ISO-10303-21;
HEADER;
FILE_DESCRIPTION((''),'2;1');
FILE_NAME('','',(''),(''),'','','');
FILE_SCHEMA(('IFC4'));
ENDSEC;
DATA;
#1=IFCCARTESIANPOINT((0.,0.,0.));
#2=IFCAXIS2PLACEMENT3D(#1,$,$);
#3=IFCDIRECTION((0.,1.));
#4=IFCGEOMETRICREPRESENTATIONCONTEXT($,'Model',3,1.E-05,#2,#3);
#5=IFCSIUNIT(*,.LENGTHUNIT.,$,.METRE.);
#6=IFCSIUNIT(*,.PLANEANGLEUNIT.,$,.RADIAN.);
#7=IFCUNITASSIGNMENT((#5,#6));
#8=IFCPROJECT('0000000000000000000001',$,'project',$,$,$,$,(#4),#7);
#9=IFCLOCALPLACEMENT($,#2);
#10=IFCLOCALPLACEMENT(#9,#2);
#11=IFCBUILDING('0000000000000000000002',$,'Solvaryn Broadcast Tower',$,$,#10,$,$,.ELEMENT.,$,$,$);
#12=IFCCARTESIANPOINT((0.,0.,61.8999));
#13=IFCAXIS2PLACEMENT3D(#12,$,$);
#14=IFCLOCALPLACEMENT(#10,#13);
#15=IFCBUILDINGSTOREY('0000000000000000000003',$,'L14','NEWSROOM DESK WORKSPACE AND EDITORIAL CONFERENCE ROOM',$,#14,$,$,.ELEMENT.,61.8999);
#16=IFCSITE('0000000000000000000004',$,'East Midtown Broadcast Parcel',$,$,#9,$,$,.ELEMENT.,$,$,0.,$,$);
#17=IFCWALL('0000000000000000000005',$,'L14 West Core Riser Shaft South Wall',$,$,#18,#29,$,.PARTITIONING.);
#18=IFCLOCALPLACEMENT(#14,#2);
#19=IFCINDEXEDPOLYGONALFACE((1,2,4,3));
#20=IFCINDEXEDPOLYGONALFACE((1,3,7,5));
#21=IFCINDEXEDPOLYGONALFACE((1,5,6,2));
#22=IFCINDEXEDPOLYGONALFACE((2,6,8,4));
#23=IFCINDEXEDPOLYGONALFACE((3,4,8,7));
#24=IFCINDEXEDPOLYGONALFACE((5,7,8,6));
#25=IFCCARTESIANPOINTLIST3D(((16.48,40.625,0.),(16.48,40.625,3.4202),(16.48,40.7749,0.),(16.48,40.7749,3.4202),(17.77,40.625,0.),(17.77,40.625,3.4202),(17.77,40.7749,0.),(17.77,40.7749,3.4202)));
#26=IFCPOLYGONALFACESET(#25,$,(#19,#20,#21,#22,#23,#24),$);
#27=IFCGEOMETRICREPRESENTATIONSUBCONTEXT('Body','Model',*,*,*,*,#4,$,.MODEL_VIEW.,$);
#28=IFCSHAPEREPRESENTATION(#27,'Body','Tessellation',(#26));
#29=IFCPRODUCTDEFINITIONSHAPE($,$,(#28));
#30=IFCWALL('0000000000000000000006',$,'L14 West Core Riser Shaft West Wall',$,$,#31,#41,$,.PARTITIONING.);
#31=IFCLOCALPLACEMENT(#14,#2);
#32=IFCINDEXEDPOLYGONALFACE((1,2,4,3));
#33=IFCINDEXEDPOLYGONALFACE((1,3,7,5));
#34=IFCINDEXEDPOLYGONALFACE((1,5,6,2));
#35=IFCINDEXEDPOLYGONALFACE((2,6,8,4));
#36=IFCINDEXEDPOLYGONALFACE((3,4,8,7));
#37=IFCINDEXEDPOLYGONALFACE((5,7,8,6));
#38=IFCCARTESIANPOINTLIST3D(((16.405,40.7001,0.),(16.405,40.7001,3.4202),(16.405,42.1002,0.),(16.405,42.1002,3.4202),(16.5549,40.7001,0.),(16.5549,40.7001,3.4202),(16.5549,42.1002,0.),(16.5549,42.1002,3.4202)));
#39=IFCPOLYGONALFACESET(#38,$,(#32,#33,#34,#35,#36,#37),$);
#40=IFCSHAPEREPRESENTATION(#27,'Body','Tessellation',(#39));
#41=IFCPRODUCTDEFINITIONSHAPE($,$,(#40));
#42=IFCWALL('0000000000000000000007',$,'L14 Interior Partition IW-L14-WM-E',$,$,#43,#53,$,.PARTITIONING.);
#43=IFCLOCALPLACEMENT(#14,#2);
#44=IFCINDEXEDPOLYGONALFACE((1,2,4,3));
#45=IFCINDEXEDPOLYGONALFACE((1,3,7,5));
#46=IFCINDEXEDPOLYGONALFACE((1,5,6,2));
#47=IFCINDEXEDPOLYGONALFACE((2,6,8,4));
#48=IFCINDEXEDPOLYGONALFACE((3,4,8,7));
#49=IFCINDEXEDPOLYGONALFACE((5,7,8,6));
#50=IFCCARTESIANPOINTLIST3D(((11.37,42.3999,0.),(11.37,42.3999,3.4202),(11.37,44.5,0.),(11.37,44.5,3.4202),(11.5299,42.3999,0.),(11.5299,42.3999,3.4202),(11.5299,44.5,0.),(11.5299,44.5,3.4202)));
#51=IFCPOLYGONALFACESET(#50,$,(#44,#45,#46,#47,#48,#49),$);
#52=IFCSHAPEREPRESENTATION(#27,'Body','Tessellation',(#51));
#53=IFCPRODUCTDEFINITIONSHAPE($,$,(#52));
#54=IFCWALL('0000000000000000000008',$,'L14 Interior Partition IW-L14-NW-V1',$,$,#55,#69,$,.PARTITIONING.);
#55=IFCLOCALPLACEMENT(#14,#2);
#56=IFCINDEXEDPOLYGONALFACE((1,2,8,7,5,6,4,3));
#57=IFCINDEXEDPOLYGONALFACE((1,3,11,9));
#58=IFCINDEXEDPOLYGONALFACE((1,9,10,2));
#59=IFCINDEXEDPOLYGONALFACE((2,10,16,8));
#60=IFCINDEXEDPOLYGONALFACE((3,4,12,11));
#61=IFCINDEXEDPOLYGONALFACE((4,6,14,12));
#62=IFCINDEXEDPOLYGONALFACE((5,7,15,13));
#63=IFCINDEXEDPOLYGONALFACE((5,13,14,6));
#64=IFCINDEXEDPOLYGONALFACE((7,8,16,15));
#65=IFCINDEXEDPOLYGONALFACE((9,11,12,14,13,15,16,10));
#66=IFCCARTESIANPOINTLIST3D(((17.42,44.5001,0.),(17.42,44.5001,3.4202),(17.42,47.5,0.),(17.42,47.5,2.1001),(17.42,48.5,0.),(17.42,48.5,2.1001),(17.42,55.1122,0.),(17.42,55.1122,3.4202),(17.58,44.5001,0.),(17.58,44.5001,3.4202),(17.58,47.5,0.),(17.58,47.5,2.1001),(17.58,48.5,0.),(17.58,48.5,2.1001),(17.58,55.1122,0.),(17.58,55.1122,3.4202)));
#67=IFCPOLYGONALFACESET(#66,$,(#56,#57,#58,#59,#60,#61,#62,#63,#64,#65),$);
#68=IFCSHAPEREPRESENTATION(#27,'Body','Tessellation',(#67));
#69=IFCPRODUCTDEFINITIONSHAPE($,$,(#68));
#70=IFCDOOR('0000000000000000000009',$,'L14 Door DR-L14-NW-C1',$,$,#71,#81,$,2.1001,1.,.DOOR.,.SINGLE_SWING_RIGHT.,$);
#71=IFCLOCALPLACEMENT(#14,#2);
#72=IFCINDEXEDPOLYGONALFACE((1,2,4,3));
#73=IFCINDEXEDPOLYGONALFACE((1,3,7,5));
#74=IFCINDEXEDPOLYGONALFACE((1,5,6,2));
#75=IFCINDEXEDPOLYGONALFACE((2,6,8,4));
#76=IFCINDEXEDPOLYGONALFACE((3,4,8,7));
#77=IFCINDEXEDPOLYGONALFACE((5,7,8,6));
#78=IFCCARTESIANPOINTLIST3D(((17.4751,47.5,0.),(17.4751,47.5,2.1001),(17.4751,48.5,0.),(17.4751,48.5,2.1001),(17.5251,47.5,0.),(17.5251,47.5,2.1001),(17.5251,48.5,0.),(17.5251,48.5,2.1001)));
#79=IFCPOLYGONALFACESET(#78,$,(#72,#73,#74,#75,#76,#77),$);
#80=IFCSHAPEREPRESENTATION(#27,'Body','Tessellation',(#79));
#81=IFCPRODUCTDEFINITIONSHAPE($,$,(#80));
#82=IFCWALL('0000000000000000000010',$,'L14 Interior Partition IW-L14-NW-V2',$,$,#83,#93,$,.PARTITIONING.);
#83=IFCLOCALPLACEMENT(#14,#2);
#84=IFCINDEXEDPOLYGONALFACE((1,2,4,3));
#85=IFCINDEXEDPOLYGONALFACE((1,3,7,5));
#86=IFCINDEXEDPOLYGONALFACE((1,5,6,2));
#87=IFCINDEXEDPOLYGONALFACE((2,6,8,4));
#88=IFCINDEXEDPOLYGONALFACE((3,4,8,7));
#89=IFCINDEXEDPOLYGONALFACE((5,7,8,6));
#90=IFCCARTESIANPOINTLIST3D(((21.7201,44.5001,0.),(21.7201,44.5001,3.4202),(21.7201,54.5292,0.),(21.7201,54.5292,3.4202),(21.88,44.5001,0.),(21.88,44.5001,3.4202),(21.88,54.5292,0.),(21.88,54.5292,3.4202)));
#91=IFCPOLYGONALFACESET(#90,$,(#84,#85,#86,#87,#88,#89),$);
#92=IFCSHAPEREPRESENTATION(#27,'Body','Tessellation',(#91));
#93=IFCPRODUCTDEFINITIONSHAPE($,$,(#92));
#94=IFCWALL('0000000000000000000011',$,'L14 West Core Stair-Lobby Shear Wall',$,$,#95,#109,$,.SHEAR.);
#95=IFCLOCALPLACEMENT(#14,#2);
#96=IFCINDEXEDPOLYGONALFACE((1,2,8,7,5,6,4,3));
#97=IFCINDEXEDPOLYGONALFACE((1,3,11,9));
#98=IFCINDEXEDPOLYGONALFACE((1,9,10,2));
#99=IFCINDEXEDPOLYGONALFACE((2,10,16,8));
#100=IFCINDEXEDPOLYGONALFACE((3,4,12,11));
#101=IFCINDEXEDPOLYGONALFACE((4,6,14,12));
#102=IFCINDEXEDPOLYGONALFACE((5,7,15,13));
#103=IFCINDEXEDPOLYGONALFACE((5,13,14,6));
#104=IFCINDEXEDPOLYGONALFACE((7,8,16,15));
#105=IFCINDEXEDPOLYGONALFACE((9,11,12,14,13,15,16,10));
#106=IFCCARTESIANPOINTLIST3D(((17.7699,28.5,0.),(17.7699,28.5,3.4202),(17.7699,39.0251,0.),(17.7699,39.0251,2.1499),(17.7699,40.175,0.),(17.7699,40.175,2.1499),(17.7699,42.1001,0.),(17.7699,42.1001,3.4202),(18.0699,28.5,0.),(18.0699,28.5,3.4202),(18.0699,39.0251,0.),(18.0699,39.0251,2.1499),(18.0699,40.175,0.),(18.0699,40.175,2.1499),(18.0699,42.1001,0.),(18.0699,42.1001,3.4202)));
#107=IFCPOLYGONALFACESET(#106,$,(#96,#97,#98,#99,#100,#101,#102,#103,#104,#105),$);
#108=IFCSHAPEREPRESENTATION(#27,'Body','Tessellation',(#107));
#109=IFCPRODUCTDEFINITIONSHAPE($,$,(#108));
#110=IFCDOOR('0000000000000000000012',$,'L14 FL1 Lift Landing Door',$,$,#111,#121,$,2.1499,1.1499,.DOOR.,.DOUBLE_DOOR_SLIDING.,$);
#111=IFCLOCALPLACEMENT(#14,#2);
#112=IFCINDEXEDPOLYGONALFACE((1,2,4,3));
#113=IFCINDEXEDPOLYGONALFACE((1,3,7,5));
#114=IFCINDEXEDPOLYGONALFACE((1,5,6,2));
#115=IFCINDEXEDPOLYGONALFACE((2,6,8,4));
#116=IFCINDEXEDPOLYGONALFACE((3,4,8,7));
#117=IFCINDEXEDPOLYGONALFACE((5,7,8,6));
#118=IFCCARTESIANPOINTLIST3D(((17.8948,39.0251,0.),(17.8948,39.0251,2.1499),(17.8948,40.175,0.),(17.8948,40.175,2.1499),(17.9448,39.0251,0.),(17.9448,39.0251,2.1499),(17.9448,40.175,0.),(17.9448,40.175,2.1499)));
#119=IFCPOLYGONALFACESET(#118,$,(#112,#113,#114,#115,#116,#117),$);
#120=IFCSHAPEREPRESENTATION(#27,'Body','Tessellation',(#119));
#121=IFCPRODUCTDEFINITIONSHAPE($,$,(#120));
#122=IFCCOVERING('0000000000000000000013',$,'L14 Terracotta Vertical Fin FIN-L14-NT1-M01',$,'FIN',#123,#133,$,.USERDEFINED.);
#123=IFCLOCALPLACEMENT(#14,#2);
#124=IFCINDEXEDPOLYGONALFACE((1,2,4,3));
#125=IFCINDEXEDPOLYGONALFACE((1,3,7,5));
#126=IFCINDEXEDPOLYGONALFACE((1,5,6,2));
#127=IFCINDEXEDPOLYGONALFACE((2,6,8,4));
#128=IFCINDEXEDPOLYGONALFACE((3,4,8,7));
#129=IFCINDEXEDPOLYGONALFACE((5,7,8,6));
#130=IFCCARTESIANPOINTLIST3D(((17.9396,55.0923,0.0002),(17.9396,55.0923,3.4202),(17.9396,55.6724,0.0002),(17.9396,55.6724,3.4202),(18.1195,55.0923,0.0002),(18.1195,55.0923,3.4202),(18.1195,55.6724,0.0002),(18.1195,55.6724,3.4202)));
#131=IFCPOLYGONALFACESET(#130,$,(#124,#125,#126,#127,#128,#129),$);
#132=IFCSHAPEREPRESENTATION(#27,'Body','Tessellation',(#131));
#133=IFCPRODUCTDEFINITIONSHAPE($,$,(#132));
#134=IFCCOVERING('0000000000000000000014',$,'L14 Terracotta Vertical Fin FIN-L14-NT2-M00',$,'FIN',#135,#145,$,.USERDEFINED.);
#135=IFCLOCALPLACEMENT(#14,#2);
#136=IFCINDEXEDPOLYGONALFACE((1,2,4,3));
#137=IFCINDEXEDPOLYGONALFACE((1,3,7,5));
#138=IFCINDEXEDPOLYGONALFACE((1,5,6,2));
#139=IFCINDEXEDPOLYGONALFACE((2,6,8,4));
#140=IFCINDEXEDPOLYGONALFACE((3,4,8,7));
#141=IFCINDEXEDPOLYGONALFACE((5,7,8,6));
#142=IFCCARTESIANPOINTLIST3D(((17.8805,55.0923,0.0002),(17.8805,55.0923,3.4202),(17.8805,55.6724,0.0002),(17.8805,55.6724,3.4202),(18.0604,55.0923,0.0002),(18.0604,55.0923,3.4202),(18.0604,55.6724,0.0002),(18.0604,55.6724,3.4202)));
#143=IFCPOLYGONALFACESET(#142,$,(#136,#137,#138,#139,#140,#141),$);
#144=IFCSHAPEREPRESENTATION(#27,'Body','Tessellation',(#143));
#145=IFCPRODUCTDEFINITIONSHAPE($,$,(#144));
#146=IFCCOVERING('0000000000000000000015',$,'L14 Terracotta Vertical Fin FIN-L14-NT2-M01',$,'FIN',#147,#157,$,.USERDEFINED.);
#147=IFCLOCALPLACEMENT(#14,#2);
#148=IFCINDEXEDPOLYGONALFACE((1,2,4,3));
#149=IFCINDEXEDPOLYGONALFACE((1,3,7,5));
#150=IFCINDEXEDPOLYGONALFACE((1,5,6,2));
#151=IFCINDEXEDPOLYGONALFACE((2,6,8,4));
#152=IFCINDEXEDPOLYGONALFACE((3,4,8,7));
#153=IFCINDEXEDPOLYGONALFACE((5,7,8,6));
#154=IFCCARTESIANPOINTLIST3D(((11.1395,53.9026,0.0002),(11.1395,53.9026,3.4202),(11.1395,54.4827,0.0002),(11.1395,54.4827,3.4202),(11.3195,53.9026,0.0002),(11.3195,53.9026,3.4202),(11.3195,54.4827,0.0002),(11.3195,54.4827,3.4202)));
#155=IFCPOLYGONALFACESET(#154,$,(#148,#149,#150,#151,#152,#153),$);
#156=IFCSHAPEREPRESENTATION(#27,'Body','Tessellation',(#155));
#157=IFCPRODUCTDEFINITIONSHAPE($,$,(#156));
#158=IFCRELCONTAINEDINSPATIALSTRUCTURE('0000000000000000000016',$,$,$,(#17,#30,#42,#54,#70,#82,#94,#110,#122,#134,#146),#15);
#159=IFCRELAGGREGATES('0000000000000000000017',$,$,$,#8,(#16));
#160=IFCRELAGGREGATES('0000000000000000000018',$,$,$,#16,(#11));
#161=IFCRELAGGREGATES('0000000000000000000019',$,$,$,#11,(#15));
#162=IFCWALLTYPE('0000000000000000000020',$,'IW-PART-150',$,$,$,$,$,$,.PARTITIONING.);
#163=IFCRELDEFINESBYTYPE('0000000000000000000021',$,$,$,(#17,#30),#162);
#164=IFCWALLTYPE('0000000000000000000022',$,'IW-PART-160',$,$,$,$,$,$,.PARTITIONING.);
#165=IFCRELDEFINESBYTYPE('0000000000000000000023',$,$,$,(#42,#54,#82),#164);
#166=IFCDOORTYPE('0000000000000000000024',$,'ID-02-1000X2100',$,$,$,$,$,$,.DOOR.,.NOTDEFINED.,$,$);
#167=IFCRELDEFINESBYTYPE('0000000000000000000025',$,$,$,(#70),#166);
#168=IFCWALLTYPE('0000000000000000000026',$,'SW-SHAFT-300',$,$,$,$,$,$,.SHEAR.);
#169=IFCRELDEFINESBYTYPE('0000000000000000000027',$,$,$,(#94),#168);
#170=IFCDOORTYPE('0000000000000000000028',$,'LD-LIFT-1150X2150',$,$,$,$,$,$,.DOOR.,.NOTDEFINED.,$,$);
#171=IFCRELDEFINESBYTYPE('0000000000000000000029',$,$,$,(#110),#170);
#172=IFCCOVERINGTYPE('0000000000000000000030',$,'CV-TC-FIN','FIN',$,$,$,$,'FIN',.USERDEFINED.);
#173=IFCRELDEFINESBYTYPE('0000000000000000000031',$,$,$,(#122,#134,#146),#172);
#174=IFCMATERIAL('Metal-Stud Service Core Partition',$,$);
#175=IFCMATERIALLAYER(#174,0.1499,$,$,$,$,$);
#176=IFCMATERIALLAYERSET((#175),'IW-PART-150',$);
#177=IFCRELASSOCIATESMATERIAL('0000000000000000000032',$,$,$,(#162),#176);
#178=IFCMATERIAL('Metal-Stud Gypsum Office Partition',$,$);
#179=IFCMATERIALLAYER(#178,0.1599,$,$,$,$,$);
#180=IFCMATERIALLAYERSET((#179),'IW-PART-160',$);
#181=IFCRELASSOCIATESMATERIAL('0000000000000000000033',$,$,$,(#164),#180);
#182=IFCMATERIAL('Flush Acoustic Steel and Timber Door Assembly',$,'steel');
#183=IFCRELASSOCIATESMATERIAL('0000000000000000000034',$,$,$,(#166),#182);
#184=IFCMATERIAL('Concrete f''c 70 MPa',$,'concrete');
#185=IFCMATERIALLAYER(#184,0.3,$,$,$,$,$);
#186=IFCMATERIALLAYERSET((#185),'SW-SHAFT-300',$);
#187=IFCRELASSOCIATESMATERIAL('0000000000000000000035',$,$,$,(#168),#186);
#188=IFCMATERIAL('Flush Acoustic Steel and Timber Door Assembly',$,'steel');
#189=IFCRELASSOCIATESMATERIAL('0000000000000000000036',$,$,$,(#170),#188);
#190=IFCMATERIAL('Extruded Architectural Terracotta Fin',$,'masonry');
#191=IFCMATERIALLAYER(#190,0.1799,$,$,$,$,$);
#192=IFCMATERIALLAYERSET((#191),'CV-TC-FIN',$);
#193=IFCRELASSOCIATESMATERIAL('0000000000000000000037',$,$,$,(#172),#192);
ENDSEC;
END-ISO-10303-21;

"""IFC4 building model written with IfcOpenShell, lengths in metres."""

from ifc_helpers import new_model, si_unit, direction, frame, frame_2d, origin, origin_2d, place, context, subcontext, project, spatial, rectangle, extrude, material, layer, layer_set, type_object, element, fill, save


model = new_model("IFC4")

# Units and contexts
model_context = context("Model", 3, precision=1e-05, world=origin(), true_north=direction((0.0, 1.0)))
body_context = subcontext(model_context, "Body", "Model", "MODEL_VIEW")
ifc_project = project(units=[si_unit("LENGTHUNIT", "METRE"), si_unit("PLANEANGLEUNIT", "RADIAN")], contexts=[model_context])

# Site, building, storey
site_placement = place(None, origin())
site = spatial("IfcSite", under=ifc_project, at=site_placement, Name="East Midtown Broadcast Parcel", CompositionType="ELEMENT", RefElevation=0.0)
building_placement = place(site_placement, origin())
building = spatial("IfcBuilding", under=site, at=building_placement, Name="Solvaryn Broadcast Tower", CompositionType="ELEMENT")
storey_placement = place(building_placement, frame((0.0, 0.0, 61.8999)))
storey = spatial("IfcBuildingStorey", under=building, at=storey_placement, Name="L14", Description="NEWSROOM DESK WORKSPACE AND EDITORIAL CONFERENCE ROOM", CompositionType="ELEMENT", Elevation=61.8999)

# Walls
ifc_material_1 = material(Name="Metal-Stud Service Core Partition")
ifc_layer_1 = layer(ifc_material_1, 0.1499)
ifc_layer_set_1 = layer_set([ifc_layer_1], Name="IW-PART-150")
wall_type_1 = type_object("IfcWallType", Name="IW-PART-150", PredefinedType="PARTITIONING", material=ifc_layer_set_1)
wall_1_placement = place(storey_placement, frame((16.48, 40.7, 0.0), z_axis=(0.0, 0.0, 1.0), x_axis=(1.0, 0.0, 0.0)))
element("IfcWall", 1, at=wall_1_placement, inside=storey, type_object=wall_type_1, Name="L14 West Core Riser Shaft South Wall", PredefinedType="PARTITIONING", context=body_context, shape_type="SweptSolid", body=[
    extrude(rectangle(XDim=1.29, YDim=0.1499, at=frame_2d((0.645, 0.0))), origin(), (0.0, 0.0, 1.0), 3.4202),
])
wall_2_placement = place(storey_placement, frame((16.48, 40.7, 0.0), z_axis=(0.0, 0.0, 1.0), x_axis=(0.0, 1.0, 0.0)))
element("IfcWall", 2, at=wall_2_placement, inside=storey, type_object=wall_type_1, Name="L14 West Core Riser Shaft West Wall", PredefinedType="PARTITIONING", context=body_context, shape_type="SweptSolid", body=[
    extrude(rectangle(XDim=1.4001, YDim=0.1499, at=frame_2d((0.7002, 0.0))), origin(), (0.0, 0.0, 1.0), 3.4202),
])
ifc_material_2 = material(Name="Metal-Stud Gypsum Office Partition")
ifc_layer_2 = layer(ifc_material_2, 0.1599)
ifc_layer_set_2 = layer_set([ifc_layer_2], Name="IW-PART-160")
wall_type_2 = type_object("IfcWallType", Name="IW-PART-160", PredefinedType="PARTITIONING", material=ifc_layer_set_2)
wall_3_placement = place(storey_placement, frame((11.45, 42.3999, 0.0), z_axis=(0.0, 0.0, 1.0), x_axis=(0.0, 1.0, 0.0)))
element("IfcWall", 3, at=wall_3_placement, inside=storey, type_object=wall_type_2, Name="L14 Interior Partition IW-L14-WM-E", PredefinedType="PARTITIONING", context=body_context, shape_type="SweptSolid", body=[
    extrude(rectangle(XDim=2.1001, YDim=0.1599, at=frame_2d((1.05, 0.0))), origin(), (0.0, 0.0, 1.0), 3.4202),
])

# Wall, opening, door
wall_4_placement = place(storey_placement, frame((17.5, 44.5, 0.0), z_axis=(0.0, 0.0, 1.0), x_axis=(0.0, 1.0, 0.0)))
wall_4 = element("IfcWall", 4, at=wall_4_placement, inside=storey, type_object=wall_type_2, Name="L14 Interior Partition IW-L14-NW-V1", PredefinedType="PARTITIONING", context=body_context, shape_type="SweptSolid", body=[
    extrude(rectangle(XDim=10.6121, YDim=0.1599, at=frame_2d((5.3062, 0.0))), origin(), (0.0, 0.0, 1.0), 3.4202),
])
opening_1_placement = place(wall_4_placement, frame((3.0, 0.0, 0.0)))
opening_1 = element("IfcOpeningElement", 5, at=opening_1_placement, cuts=wall_4, PredefinedType="OPENING", context=body_context, shape_type="SweptSolid", body=[
    extrude(rectangle(XDim=1.0, YDim=2.1001, at=frame_2d((0.5, 1.05))), frame((0.0, 0.0901, 0.0), z_axis=(0.0, -1.0, 0.0), x_axis=(1.0, 0.0, 0.0)), (0.0, 0.0, 1.0), 0.1799),
])
ifc_material_3 = material(Name="Flush Acoustic Steel and Timber Door Assembly", Category="steel")
door_type_1 = type_object("IfcDoorType", Name="ID-02-1000X2100", OperationType="NOTDEFINED", PredefinedType="DOOR", material=ifc_material_3)
door_1_placement = place(opening_1_placement, origin())
door_1 = element("IfcDoor", 6, at=door_1_placement, inside=storey, type_object=door_type_1, Name="L14 Door DR-L14-NW-C1", OperationType="SINGLE_SWING_RIGHT", OverallHeight=2.1001, OverallWidth=1.0, PredefinedType="DOOR", context=body_context, shape_type="SweptSolid", body=[
    extrude(rectangle(XDim=1.0, YDim=2.1001, at=frame_2d((0.5, 1.05))), frame((0.0, 0.0249, 0.0), z_axis=(0.0, -1.0, 0.0), x_axis=(1.0, 0.0, 0.0)), (0.0, 0.0, 1.0), 0.05),
])
fill(opening_1, door_1)

# Wall
wall_5_placement = place(storey_placement, frame((21.8, 44.5, 0.0), z_axis=(0.0, 0.0, 1.0), x_axis=(0.0, 1.0, 0.0)))
element("IfcWall", 7, at=wall_5_placement, inside=storey, type_object=wall_type_2, Name="L14 Interior Partition IW-L14-NW-V2", PredefinedType="PARTITIONING", context=body_context, shape_type="SweptSolid", body=[
    extrude(rectangle(XDim=10.0291, YDim=0.1599, at=frame_2d((5.0146, 0.0))), origin(), (0.0, 0.0, 1.0), 3.4202),
])

# Wall, opening, door
ifc_material_4 = material(Name="Concrete f'c 70 MPa", Category="concrete")
ifc_layer_3 = layer(ifc_material_4, 0.3)
ifc_layer_set_3 = layer_set([ifc_layer_3], Name="SW-SHAFT-300")
wall_type_3 = type_object("IfcWallType", Name="SW-SHAFT-300", PredefinedType="SHEAR", material=ifc_layer_set_3)
wall_6_placement = place(storey_placement, frame((17.9199, 42.1001, 0.0), z_axis=(0.0, 0.0, 1.0), x_axis=(0.0, -1.0, 0.0)))
wall_6 = element("IfcWall", 8, at=wall_6_placement, inside=storey, type_object=wall_type_3, Name="L14 West Core Stair-Lobby Shear Wall", PredefinedType="SHEAR", context=body_context, shape_type="SweptSolid", body=[
    extrude(rectangle(XDim=13.6001, YDim=0.3, at=frame_2d((6.8, 0.0))), origin(), (0.0, 0.0, 1.0), 3.4202),
])
opening_2_placement = place(wall_6_placement, frame((1.925, 0.0, 0.0)))
opening_2 = element("IfcOpeningElement", 9, at=opening_2_placement, cuts=wall_6, PredefinedType="OPENING", context=body_context, shape_type="SweptSolid", body=[
    extrude(rectangle(XDim=1.1499, YDim=2.1499, at=frame_2d((0.575, 1.075))), frame((0.0, 0.1599, 0.0), z_axis=(0.0, -1.0, 0.0), x_axis=(1.0, 0.0, 0.0)), (0.0, 0.0, 1.0), 0.3201),
])
ifc_material_5 = material(Name="Flush Acoustic Steel and Timber Door Assembly", Category="steel")
door_type_2 = type_object("IfcDoorType", Name="LD-LIFT-1150X2150", OperationType="NOTDEFINED", PredefinedType="DOOR", material=ifc_material_5)
door_2_placement = place(opening_2_placement, origin())
door_2 = element("IfcDoor", 10, at=door_2_placement, inside=storey, type_object=door_type_2, Name="L14 FL1 Lift Landing Door", OperationType="DOUBLE_DOOR_SLIDING", OverallHeight=2.1499, OverallWidth=1.1499, PredefinedType="DOOR", context=body_context, shape_type="SweptSolid", body=[
    extrude(rectangle(XDim=1.1499, YDim=2.1499, at=frame_2d((0.575, 1.075))), frame((0.0, 0.0249, 0.0), z_axis=(0.0, -1.0, 0.0), x_axis=(1.0, 0.0, 0.0)), (0.0, 0.0, 1.0), 0.05),
])
fill(opening_2, door_2)

# Coverings
ifc_material_6 = material(Name="Extruded Architectural Terracotta Fin", Category="masonry")
ifc_layer_4 = layer(ifc_material_6, 0.1799)
ifc_layer_set_4 = layer_set([ifc_layer_4], Name="CV-TC-FIN")
covering_type = type_object("IfcCoveringType", Name="CV-TC-FIN", Description="FIN", ElementType="FIN", PredefinedType="USERDEFINED", material=ifc_layer_set_4)
for number, where, z_axis, x_axis, name in (
    (11, (18.0295, 55.3823, 0.0002), (0.0, 0.0, 1.0), (1.0, 0.0, 0.0), "L14 Terracotta Vertical Fin FIN-L14-NT1-M01"),
    (12, (17.9705, 55.3823, 0.0002), (0.0, 0.0, 1.0), (1.0, 0.0, 0.0), "L14 Terracotta Vertical Fin FIN-L14-NT2-M00"),
    (13, (11.2295, 54.1926, 0.0002), (0.0, 0.0, 1.0), (1.0, 0.0, 0.0), "L14 Terracotta Vertical Fin FIN-L14-NT2-M01"),
):
    element("IfcCovering", number, at=place(storey_placement, frame(where, z_axis=z_axis, x_axis=x_axis)), inside=storey, type_object=covering_type, Name=name, ObjectType="FIN", PredefinedType="USERDEFINED", context=body_context, shape_type="SweptSolid", body=[
        extrude(rectangle(XDim=0.1799, YDim=0.5801, at=origin_2d()), origin(), (0.0, 0.0, 1.0), 3.4199),
    ])

save(model, "model.ifc")
